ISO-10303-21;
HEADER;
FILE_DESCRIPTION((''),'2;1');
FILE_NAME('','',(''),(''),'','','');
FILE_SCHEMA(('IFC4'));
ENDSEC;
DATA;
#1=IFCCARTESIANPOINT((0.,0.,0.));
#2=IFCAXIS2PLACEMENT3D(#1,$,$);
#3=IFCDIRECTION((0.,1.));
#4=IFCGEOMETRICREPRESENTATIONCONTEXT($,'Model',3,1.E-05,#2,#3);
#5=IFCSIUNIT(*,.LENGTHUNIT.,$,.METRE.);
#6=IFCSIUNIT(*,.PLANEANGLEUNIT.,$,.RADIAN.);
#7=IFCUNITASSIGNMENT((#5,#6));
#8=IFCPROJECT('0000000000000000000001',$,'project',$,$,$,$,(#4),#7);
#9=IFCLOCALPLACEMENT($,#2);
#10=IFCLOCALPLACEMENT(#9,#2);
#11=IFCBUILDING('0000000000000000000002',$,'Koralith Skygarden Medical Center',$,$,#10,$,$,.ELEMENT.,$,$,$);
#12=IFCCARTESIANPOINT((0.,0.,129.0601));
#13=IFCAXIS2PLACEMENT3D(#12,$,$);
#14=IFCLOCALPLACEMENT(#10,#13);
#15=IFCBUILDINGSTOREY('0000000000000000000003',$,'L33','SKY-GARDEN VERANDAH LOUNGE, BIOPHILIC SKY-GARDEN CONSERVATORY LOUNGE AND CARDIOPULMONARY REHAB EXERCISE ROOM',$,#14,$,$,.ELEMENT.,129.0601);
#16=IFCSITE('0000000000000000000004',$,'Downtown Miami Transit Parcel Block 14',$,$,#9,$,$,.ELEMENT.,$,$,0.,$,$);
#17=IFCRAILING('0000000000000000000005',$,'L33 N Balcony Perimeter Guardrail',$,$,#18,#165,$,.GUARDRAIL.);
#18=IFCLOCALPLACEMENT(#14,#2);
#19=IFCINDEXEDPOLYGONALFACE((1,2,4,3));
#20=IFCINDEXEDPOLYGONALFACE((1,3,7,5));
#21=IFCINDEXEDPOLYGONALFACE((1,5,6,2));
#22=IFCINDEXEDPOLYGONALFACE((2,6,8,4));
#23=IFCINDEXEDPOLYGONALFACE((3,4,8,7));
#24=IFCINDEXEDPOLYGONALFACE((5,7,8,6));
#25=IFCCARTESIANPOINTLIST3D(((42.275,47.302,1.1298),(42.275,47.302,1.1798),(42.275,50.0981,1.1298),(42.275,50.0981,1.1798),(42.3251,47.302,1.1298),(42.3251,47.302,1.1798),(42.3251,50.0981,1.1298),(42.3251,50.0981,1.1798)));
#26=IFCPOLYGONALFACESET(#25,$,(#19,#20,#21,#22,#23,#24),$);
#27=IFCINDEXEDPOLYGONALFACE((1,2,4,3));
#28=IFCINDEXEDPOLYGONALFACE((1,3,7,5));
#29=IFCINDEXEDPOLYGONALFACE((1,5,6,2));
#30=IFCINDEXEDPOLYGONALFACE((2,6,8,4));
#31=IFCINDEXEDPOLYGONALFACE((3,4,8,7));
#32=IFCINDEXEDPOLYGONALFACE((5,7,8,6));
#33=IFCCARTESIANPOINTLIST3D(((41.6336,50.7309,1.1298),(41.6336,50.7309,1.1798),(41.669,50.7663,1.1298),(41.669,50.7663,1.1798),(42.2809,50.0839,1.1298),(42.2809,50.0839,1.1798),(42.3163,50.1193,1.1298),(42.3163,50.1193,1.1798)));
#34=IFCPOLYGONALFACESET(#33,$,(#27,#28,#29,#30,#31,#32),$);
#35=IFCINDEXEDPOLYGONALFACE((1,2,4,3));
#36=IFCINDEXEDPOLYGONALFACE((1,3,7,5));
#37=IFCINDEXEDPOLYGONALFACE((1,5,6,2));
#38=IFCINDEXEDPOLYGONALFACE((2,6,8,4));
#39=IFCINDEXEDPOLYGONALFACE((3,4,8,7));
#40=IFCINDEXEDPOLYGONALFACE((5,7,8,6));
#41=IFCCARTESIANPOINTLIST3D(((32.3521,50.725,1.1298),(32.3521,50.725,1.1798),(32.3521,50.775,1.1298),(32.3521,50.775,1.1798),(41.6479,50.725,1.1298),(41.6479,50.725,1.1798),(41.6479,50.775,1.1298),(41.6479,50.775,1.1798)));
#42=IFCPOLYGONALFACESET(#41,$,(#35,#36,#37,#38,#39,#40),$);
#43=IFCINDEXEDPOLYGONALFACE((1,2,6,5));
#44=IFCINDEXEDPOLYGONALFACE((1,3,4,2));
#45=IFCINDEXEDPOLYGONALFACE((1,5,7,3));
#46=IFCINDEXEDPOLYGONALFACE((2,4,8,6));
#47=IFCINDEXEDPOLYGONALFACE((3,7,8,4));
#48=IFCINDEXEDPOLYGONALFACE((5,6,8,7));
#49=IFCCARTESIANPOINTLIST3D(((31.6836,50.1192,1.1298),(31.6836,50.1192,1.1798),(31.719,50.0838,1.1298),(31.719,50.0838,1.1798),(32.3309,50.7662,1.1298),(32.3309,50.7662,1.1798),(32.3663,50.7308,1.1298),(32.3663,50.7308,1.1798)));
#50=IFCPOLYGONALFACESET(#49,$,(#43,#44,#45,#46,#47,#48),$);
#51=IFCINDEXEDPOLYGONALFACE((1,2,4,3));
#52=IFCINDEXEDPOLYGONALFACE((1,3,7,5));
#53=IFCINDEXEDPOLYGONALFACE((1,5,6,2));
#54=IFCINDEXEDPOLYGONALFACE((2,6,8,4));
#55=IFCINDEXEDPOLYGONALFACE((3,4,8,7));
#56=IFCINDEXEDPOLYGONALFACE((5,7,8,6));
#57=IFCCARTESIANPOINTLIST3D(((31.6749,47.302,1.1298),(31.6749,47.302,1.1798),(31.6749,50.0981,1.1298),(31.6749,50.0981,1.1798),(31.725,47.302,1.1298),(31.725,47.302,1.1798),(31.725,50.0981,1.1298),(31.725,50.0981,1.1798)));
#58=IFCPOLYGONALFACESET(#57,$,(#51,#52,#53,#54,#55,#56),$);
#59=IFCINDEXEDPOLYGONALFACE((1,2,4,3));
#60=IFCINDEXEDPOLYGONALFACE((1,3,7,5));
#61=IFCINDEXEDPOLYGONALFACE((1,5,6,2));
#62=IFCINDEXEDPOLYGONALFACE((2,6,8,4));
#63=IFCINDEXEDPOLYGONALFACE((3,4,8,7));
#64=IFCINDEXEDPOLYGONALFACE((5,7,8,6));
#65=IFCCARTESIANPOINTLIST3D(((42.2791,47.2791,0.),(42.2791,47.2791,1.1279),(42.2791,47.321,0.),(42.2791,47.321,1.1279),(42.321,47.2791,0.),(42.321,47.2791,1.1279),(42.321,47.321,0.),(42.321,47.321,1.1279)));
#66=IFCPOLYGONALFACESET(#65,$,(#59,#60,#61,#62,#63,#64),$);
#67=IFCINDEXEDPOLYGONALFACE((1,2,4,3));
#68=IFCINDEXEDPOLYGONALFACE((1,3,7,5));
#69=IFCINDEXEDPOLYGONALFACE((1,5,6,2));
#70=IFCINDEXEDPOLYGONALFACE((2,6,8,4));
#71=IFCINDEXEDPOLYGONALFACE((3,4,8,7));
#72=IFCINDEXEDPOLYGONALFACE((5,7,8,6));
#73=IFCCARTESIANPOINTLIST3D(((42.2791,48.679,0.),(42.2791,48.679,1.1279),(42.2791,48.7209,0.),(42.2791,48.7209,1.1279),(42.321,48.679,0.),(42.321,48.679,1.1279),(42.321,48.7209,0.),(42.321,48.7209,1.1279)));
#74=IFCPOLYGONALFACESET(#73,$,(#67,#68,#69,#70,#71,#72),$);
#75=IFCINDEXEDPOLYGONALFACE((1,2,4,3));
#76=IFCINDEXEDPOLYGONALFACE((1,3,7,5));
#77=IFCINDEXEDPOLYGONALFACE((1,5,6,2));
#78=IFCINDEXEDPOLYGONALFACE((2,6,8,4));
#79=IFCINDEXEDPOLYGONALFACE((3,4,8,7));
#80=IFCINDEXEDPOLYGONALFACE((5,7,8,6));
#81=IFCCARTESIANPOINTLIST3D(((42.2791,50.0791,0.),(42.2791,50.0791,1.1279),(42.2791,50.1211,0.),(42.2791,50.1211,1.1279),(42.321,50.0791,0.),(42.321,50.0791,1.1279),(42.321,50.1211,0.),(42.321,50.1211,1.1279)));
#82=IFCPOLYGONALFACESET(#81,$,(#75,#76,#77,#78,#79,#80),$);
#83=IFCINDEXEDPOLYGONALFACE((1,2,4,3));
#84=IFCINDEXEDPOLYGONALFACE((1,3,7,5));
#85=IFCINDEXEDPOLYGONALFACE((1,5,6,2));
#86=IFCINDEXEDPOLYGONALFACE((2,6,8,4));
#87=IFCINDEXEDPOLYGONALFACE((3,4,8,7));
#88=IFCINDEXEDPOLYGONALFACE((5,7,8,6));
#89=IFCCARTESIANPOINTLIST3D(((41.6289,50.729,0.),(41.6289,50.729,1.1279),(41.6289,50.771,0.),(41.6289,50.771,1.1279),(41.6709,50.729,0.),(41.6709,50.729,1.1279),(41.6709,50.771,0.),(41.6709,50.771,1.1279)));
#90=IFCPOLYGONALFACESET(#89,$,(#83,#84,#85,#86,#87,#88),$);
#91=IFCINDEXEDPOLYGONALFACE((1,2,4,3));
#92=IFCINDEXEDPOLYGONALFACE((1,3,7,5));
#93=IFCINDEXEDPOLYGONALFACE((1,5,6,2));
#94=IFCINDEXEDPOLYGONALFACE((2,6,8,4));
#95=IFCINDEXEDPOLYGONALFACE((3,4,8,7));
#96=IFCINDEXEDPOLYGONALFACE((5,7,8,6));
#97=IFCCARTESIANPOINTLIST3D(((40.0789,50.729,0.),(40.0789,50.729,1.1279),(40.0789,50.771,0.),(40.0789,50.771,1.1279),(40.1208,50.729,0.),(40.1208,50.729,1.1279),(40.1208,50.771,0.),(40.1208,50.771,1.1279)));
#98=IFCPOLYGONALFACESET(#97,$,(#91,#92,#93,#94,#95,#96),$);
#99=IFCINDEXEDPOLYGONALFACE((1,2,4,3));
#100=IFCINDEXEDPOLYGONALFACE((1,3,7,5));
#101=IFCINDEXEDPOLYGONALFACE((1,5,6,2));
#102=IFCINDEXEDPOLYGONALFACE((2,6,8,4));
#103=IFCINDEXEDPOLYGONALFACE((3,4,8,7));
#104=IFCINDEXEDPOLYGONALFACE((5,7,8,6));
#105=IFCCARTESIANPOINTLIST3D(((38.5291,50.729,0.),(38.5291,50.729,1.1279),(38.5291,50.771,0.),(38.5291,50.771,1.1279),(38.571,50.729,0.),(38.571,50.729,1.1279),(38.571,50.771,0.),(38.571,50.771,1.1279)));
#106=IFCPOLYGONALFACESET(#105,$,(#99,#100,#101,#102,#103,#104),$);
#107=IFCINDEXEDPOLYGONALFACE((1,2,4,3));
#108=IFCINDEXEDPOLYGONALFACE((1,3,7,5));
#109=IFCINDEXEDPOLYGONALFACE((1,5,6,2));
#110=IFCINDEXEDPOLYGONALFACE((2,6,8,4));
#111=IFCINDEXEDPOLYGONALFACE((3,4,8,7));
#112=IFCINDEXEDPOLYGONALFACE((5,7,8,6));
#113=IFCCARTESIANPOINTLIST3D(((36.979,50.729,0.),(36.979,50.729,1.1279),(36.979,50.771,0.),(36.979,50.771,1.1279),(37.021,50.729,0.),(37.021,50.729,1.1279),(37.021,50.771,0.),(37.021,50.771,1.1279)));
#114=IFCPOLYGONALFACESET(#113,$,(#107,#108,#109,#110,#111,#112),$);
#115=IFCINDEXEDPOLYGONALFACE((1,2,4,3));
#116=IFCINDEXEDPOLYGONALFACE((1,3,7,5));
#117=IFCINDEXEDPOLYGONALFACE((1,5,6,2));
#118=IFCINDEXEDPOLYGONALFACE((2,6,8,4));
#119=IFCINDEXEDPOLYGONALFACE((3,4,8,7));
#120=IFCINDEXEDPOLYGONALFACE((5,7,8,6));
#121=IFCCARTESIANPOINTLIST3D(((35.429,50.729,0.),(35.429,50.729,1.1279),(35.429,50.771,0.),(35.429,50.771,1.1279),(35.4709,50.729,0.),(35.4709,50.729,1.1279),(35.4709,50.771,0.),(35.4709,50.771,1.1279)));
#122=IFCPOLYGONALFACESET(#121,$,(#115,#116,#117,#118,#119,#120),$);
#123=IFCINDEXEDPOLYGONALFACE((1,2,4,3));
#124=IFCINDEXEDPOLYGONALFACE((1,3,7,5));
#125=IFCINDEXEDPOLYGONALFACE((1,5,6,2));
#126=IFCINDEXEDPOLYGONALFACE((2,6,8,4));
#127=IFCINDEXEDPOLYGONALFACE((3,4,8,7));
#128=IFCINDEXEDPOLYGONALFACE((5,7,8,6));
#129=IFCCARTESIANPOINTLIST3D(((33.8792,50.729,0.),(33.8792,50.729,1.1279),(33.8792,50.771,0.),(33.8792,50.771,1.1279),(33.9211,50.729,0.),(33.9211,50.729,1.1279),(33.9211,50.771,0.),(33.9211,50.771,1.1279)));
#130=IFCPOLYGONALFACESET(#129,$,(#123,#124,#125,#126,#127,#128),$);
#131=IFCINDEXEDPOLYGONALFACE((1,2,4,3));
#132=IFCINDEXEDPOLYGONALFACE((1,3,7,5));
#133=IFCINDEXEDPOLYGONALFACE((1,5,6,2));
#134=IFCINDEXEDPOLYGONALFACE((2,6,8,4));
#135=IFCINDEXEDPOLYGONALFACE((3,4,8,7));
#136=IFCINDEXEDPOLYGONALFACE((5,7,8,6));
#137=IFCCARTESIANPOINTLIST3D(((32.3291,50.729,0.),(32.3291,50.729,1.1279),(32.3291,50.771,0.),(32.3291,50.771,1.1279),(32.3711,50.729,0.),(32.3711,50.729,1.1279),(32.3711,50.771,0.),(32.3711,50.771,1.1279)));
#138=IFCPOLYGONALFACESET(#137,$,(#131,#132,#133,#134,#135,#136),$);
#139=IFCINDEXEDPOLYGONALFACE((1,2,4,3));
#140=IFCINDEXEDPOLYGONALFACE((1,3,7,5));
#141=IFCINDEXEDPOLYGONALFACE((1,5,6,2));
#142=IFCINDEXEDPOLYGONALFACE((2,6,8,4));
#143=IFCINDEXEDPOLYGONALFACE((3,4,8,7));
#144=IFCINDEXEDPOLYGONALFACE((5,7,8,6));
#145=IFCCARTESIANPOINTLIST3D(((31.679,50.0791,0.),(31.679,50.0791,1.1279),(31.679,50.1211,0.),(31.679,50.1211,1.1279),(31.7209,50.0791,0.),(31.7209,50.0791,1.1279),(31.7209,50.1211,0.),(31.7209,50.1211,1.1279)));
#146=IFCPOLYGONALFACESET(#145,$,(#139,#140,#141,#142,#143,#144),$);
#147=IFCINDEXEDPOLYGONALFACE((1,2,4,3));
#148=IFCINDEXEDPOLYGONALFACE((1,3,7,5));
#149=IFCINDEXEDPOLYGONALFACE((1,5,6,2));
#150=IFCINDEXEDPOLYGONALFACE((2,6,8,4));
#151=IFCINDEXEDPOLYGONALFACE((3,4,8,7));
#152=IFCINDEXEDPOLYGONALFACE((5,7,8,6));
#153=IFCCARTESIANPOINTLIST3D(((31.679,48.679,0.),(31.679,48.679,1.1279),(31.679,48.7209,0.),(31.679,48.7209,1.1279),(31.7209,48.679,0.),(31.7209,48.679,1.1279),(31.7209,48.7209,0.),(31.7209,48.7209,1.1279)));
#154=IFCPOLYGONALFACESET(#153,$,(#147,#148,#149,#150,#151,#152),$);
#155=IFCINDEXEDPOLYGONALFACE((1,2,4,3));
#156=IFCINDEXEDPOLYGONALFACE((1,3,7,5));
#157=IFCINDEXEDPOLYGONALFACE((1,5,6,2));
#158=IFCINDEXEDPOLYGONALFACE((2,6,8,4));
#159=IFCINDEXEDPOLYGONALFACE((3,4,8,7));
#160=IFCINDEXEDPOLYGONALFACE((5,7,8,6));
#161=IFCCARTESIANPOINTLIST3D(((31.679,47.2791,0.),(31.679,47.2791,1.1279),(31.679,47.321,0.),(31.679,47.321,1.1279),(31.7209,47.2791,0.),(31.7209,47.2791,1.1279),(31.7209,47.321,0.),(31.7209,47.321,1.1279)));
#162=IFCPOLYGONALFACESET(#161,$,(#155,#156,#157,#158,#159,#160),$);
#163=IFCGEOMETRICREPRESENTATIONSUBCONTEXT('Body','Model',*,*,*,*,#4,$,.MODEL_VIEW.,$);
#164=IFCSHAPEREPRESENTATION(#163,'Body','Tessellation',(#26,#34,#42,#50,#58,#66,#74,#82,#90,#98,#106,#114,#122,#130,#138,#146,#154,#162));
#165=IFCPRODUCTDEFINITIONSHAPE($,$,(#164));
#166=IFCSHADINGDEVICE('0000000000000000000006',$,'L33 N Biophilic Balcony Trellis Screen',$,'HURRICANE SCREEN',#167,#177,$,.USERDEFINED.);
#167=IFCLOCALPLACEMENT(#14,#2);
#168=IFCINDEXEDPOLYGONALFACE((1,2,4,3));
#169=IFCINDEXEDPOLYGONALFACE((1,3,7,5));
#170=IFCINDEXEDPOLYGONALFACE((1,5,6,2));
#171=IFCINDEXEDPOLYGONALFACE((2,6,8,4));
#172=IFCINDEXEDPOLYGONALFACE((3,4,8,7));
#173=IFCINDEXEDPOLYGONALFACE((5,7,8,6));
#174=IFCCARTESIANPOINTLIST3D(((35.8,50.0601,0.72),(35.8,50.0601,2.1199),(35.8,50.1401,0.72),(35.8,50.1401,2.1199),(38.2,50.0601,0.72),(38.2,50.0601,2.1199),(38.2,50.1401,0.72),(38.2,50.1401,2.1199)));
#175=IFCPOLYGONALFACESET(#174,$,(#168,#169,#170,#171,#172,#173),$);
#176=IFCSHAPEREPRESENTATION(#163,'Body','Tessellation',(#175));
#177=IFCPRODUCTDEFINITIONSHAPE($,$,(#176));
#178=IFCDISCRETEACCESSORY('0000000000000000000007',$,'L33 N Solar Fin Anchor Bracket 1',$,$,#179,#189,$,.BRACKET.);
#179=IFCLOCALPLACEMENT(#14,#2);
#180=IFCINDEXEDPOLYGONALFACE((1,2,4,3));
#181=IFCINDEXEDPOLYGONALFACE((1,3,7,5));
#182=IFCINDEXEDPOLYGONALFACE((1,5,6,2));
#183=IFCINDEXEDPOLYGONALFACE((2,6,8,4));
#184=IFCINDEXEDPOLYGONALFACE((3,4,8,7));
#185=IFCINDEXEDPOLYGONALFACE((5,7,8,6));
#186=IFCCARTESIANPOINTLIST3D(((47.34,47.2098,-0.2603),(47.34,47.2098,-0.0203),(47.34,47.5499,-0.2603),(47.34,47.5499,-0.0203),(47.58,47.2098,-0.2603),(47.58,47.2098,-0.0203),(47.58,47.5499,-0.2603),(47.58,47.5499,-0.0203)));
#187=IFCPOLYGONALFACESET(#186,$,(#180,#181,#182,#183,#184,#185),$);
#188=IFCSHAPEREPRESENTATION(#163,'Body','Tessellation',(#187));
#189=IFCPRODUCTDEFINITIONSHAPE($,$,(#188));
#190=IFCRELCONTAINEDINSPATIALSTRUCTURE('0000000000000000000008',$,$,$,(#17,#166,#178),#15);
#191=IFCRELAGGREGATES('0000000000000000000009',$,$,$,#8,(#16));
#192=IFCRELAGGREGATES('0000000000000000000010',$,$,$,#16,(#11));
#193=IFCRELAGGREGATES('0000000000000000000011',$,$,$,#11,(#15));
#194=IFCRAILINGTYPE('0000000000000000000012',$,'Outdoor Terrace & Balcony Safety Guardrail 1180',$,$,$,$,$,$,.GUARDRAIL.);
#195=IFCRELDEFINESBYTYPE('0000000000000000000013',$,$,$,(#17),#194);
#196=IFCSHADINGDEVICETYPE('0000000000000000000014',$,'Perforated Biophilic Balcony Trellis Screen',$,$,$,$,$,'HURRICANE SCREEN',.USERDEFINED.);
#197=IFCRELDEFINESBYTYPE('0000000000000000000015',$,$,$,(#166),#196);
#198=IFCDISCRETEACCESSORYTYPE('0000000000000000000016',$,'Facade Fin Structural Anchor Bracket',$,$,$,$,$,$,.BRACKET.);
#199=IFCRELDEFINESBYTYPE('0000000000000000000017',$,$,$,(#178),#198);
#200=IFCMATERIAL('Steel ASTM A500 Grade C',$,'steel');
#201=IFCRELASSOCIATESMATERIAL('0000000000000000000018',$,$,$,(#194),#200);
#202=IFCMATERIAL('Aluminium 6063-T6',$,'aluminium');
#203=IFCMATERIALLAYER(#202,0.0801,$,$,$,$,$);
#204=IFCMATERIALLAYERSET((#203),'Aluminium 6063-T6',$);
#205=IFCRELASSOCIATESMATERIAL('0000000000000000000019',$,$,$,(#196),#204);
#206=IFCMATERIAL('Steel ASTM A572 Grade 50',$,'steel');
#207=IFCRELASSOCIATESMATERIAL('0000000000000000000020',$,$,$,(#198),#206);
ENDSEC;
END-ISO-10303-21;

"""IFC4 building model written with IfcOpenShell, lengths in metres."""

from ifc_helpers import new_model, si_unit, direction, frame, origin, origin_2d, place, context, subcontext, project, spatial, rectangle, extrude, material, layer, layer_set, type_object, element, save


model = new_model("IFC4")

# Units and contexts
model_context = context("Model", 3, precision=1e-05, world=origin(), true_north=direction((0.0, 1.0)))
body_context = subcontext(model_context, "Body", "Model", "MODEL_VIEW")
ifc_project = project(units=[si_unit("LENGTHUNIT", "METRE"), si_unit("PLANEANGLEUNIT", "RADIAN")], contexts=[model_context])

# Site, building, storey
site_placement = place(None, origin())
site = spatial("IfcSite", under=ifc_project, at=site_placement, Name="Downtown Miami Transit Parcel Block 14", CompositionType="ELEMENT", RefElevation=0.0)
building_placement = place(site_placement, origin())
building = spatial("IfcBuilding", under=site, at=building_placement, Name="Koralith Skygarden Medical Center", CompositionType="ELEMENT")
storey_placement = place(building_placement, frame((0.0, 0.0, 129.0601)))
storey = spatial("IfcBuildingStorey", under=building, at=storey_placement, Name="L33", Description="SKY-GARDEN VERANDAH LOUNGE, BIOPHILIC SKY-GARDEN CONSERVATORY LOUNGE AND CARDIOPULMONARY REHAB EXERCISE ROOM", CompositionType="ELEMENT", Elevation=129.0601)

# Shared definitions
ifc_material_1 = material(Name="Aluminium 6063-T6", Category="aluminium")

# Shared definitions
ifc_material_2 = material(Name="Steel ASTM A500 Grade C", Category="steel")

# Railing
railing_type = type_object("IfcRailingType", Name="Outdoor Terrace & Balcony Safety Guardrail 1180", PredefinedType="GUARDRAIL", material=ifc_material_2)
railing_placement = place(storey_placement, frame((42.3, 47.3, 0.0)))
element("IfcRailing", 1, at=railing_placement, inside=storey, type_object=railing_type, Name="L33 N Balcony Perimeter Guardrail", PredefinedType="GUARDRAIL", context=body_context, shape_type="SweptSolid", body=[
    extrude(rectangle(XDim=0.05, YDim=0.05, at=origin_2d()), frame((0.0, 0.002, 1.1548), z_axis=(0.0, 1.0, 0.0), x_axis=(-1.0, 0.0, 0.0)), (0.0, 0.0, 1.0), 2.7961),
    extrude(rectangle(XDim=0.05, YDim=0.05, at=origin_2d()), frame((-0.0015, 2.8015, 1.1548), z_axis=(-0.70724, 0.706974, 0.0), x_axis=(-0.706974, -0.70724, 0.0)), (0.0, 0.0, 1.0), 0.9153),
    extrude(rectangle(XDim=0.05, YDim=0.05, at=origin_2d()), frame((-0.6521, 3.45, 1.1548), z_axis=(-1.0, 0.0, 0.0), x_axis=(0.0, -1.0, 0.0)), (0.0, 0.0, 1.0), 9.2959),
    extrude(rectangle(XDim=0.05, YDim=0.05, at=origin_2d()), frame((-9.9514, 3.4485, 1.1548), z_axis=(-0.70724, -0.706974, 0.0), x_axis=(0.706974, -0.70724, 0.0)), (0.0, 0.0, 1.0), 0.9153),
    extrude(rectangle(XDim=0.05, YDim=0.05, at=origin_2d()), frame((-10.6001, 2.7981, 1.1548), z_axis=(0.0, -1.0, 0.0), x_axis=(1.0, 0.0, 0.0)), (0.0, 0.0, 1.0), 2.7961),
    extrude(rectangle(XDim=0.042, YDim=0.042, at=origin_2d()), origin(), (0.0, 0.0, 1.0), 1.1279),
    extrude(rectangle(XDim=0.042, YDim=0.042, at=origin_2d()), frame((0.0, 1.3999, 0.0)), (0.0, 0.0, 1.0), 1.1279),
    extrude(rectangle(XDim=0.042, YDim=0.042, at=origin_2d()), frame((0.0, 2.8, 0.0)), (0.0, 0.0, 1.0), 1.1279),
    extrude(rectangle(XDim=0.042, YDim=0.042, at=origin_2d()), frame((-0.6501, 3.45, 0.0)), (0.0, 0.0, 1.0), 1.1279),
    extrude(rectangle(XDim=0.042, YDim=0.042, at=origin_2d()), frame((-2.2002, 3.45, 0.0)), (0.0, 0.0, 1.0), 1.1279),
    extrude(rectangle(XDim=0.042, YDim=0.042, at=origin_2d()), frame((-3.75, 3.45, 0.0)), (0.0, 0.0, 1.0), 1.1279),
    extrude(rectangle(XDim=0.042, YDim=0.042, at=origin_2d()), frame((-5.3, 3.45, 0.0)), (0.0, 0.0, 1.0), 1.1279),
    extrude(rectangle(XDim=0.042, YDim=0.042, at=origin_2d()), frame((-6.8501, 3.45, 0.0)), (0.0, 0.0, 1.0), 1.1279),
    extrude(rectangle(XDim=0.042, YDim=0.042, at=origin_2d()), frame((-8.3999, 3.45, 0.0)), (0.0, 0.0, 1.0), 1.1279),
    extrude(rectangle(XDim=0.042, YDim=0.042, at=origin_2d()), frame((-9.95, 3.45, 0.0)), (0.0, 0.0, 1.0), 1.1279),
    extrude(rectangle(XDim=0.042, YDim=0.042, at=origin_2d()), frame((-10.6001, 2.8, 0.0)), (0.0, 0.0, 1.0), 1.1279),
    extrude(rectangle(XDim=0.042, YDim=0.042, at=origin_2d()), frame((-10.6001, 1.3999, 0.0)), (0.0, 0.0, 1.0), 1.1279),
    extrude(rectangle(XDim=0.042, YDim=0.042, at=origin_2d()), frame((-10.6001, 0.0, 0.0)), (0.0, 0.0, 1.0), 1.1279),
])

# Shading device
ifc_layer_1 = layer(ifc_material_1, 0.0801)
ifc_layer_set_1 = layer_set([ifc_layer_1], Name="Aluminium 6063-T6")
shading_device_type_1 = type_object("IfcShadingDeviceType", Name="Perforated Biophilic Balcony Trellis Screen", ElementType="HURRICANE SCREEN", PredefinedType="USERDEFINED", material=ifc_layer_set_1)
shading_device_1_placement = place(storey_placement, frame((37.0, 50.1001, 0.72), z_axis=(0.0, 0.0, 1.0), x_axis=(1.0, 0.0, 0.0)))
element("IfcShadingDevice", 2, at=shading_device_1_placement, inside=storey, type_object=shading_device_type_1, Name="L33 N Biophilic Balcony Trellis Screen", ObjectType="HURRICANE SCREEN", PredefinedType="USERDEFINED", context=body_context, shape_type="SweptSolid", body=[
    extrude(rectangle(XDim=2.3999, YDim=0.0801, at=origin_2d()), origin(), (0.0, 0.0, 1.0), 1.3999),
])

# Discrete accessory
ifc_material_3 = material(Name="Steel ASTM A572 Grade 50", Category="steel")
discrete_accessory_type = type_object("IfcDiscreteAccessoryType", Name="Facade Fin Structural Anchor Bracket", PredefinedType="BRACKET", material=ifc_material_3)
discrete_accessory_placement = place(storey_placement, frame((47.46, 47.3799, -0.2603), z_axis=(0.0, 0.0, 1.0), x_axis=(0.0, 1.0, 0.0)))
element("IfcDiscreteAccessory", 3, at=discrete_accessory_placement, inside=storey, type_object=discrete_accessory_type, Name="L33 N Solar Fin Anchor Bracket 1", PredefinedType="BRACKET", context=body_context, shape_type="SweptSolid", body=[
    extrude(rectangle(XDim=0.3401, YDim=0.24, at=origin_2d()), origin(), (0.0, 0.0, 1.0), 0.24),
])

save(model, "model.ifc")
